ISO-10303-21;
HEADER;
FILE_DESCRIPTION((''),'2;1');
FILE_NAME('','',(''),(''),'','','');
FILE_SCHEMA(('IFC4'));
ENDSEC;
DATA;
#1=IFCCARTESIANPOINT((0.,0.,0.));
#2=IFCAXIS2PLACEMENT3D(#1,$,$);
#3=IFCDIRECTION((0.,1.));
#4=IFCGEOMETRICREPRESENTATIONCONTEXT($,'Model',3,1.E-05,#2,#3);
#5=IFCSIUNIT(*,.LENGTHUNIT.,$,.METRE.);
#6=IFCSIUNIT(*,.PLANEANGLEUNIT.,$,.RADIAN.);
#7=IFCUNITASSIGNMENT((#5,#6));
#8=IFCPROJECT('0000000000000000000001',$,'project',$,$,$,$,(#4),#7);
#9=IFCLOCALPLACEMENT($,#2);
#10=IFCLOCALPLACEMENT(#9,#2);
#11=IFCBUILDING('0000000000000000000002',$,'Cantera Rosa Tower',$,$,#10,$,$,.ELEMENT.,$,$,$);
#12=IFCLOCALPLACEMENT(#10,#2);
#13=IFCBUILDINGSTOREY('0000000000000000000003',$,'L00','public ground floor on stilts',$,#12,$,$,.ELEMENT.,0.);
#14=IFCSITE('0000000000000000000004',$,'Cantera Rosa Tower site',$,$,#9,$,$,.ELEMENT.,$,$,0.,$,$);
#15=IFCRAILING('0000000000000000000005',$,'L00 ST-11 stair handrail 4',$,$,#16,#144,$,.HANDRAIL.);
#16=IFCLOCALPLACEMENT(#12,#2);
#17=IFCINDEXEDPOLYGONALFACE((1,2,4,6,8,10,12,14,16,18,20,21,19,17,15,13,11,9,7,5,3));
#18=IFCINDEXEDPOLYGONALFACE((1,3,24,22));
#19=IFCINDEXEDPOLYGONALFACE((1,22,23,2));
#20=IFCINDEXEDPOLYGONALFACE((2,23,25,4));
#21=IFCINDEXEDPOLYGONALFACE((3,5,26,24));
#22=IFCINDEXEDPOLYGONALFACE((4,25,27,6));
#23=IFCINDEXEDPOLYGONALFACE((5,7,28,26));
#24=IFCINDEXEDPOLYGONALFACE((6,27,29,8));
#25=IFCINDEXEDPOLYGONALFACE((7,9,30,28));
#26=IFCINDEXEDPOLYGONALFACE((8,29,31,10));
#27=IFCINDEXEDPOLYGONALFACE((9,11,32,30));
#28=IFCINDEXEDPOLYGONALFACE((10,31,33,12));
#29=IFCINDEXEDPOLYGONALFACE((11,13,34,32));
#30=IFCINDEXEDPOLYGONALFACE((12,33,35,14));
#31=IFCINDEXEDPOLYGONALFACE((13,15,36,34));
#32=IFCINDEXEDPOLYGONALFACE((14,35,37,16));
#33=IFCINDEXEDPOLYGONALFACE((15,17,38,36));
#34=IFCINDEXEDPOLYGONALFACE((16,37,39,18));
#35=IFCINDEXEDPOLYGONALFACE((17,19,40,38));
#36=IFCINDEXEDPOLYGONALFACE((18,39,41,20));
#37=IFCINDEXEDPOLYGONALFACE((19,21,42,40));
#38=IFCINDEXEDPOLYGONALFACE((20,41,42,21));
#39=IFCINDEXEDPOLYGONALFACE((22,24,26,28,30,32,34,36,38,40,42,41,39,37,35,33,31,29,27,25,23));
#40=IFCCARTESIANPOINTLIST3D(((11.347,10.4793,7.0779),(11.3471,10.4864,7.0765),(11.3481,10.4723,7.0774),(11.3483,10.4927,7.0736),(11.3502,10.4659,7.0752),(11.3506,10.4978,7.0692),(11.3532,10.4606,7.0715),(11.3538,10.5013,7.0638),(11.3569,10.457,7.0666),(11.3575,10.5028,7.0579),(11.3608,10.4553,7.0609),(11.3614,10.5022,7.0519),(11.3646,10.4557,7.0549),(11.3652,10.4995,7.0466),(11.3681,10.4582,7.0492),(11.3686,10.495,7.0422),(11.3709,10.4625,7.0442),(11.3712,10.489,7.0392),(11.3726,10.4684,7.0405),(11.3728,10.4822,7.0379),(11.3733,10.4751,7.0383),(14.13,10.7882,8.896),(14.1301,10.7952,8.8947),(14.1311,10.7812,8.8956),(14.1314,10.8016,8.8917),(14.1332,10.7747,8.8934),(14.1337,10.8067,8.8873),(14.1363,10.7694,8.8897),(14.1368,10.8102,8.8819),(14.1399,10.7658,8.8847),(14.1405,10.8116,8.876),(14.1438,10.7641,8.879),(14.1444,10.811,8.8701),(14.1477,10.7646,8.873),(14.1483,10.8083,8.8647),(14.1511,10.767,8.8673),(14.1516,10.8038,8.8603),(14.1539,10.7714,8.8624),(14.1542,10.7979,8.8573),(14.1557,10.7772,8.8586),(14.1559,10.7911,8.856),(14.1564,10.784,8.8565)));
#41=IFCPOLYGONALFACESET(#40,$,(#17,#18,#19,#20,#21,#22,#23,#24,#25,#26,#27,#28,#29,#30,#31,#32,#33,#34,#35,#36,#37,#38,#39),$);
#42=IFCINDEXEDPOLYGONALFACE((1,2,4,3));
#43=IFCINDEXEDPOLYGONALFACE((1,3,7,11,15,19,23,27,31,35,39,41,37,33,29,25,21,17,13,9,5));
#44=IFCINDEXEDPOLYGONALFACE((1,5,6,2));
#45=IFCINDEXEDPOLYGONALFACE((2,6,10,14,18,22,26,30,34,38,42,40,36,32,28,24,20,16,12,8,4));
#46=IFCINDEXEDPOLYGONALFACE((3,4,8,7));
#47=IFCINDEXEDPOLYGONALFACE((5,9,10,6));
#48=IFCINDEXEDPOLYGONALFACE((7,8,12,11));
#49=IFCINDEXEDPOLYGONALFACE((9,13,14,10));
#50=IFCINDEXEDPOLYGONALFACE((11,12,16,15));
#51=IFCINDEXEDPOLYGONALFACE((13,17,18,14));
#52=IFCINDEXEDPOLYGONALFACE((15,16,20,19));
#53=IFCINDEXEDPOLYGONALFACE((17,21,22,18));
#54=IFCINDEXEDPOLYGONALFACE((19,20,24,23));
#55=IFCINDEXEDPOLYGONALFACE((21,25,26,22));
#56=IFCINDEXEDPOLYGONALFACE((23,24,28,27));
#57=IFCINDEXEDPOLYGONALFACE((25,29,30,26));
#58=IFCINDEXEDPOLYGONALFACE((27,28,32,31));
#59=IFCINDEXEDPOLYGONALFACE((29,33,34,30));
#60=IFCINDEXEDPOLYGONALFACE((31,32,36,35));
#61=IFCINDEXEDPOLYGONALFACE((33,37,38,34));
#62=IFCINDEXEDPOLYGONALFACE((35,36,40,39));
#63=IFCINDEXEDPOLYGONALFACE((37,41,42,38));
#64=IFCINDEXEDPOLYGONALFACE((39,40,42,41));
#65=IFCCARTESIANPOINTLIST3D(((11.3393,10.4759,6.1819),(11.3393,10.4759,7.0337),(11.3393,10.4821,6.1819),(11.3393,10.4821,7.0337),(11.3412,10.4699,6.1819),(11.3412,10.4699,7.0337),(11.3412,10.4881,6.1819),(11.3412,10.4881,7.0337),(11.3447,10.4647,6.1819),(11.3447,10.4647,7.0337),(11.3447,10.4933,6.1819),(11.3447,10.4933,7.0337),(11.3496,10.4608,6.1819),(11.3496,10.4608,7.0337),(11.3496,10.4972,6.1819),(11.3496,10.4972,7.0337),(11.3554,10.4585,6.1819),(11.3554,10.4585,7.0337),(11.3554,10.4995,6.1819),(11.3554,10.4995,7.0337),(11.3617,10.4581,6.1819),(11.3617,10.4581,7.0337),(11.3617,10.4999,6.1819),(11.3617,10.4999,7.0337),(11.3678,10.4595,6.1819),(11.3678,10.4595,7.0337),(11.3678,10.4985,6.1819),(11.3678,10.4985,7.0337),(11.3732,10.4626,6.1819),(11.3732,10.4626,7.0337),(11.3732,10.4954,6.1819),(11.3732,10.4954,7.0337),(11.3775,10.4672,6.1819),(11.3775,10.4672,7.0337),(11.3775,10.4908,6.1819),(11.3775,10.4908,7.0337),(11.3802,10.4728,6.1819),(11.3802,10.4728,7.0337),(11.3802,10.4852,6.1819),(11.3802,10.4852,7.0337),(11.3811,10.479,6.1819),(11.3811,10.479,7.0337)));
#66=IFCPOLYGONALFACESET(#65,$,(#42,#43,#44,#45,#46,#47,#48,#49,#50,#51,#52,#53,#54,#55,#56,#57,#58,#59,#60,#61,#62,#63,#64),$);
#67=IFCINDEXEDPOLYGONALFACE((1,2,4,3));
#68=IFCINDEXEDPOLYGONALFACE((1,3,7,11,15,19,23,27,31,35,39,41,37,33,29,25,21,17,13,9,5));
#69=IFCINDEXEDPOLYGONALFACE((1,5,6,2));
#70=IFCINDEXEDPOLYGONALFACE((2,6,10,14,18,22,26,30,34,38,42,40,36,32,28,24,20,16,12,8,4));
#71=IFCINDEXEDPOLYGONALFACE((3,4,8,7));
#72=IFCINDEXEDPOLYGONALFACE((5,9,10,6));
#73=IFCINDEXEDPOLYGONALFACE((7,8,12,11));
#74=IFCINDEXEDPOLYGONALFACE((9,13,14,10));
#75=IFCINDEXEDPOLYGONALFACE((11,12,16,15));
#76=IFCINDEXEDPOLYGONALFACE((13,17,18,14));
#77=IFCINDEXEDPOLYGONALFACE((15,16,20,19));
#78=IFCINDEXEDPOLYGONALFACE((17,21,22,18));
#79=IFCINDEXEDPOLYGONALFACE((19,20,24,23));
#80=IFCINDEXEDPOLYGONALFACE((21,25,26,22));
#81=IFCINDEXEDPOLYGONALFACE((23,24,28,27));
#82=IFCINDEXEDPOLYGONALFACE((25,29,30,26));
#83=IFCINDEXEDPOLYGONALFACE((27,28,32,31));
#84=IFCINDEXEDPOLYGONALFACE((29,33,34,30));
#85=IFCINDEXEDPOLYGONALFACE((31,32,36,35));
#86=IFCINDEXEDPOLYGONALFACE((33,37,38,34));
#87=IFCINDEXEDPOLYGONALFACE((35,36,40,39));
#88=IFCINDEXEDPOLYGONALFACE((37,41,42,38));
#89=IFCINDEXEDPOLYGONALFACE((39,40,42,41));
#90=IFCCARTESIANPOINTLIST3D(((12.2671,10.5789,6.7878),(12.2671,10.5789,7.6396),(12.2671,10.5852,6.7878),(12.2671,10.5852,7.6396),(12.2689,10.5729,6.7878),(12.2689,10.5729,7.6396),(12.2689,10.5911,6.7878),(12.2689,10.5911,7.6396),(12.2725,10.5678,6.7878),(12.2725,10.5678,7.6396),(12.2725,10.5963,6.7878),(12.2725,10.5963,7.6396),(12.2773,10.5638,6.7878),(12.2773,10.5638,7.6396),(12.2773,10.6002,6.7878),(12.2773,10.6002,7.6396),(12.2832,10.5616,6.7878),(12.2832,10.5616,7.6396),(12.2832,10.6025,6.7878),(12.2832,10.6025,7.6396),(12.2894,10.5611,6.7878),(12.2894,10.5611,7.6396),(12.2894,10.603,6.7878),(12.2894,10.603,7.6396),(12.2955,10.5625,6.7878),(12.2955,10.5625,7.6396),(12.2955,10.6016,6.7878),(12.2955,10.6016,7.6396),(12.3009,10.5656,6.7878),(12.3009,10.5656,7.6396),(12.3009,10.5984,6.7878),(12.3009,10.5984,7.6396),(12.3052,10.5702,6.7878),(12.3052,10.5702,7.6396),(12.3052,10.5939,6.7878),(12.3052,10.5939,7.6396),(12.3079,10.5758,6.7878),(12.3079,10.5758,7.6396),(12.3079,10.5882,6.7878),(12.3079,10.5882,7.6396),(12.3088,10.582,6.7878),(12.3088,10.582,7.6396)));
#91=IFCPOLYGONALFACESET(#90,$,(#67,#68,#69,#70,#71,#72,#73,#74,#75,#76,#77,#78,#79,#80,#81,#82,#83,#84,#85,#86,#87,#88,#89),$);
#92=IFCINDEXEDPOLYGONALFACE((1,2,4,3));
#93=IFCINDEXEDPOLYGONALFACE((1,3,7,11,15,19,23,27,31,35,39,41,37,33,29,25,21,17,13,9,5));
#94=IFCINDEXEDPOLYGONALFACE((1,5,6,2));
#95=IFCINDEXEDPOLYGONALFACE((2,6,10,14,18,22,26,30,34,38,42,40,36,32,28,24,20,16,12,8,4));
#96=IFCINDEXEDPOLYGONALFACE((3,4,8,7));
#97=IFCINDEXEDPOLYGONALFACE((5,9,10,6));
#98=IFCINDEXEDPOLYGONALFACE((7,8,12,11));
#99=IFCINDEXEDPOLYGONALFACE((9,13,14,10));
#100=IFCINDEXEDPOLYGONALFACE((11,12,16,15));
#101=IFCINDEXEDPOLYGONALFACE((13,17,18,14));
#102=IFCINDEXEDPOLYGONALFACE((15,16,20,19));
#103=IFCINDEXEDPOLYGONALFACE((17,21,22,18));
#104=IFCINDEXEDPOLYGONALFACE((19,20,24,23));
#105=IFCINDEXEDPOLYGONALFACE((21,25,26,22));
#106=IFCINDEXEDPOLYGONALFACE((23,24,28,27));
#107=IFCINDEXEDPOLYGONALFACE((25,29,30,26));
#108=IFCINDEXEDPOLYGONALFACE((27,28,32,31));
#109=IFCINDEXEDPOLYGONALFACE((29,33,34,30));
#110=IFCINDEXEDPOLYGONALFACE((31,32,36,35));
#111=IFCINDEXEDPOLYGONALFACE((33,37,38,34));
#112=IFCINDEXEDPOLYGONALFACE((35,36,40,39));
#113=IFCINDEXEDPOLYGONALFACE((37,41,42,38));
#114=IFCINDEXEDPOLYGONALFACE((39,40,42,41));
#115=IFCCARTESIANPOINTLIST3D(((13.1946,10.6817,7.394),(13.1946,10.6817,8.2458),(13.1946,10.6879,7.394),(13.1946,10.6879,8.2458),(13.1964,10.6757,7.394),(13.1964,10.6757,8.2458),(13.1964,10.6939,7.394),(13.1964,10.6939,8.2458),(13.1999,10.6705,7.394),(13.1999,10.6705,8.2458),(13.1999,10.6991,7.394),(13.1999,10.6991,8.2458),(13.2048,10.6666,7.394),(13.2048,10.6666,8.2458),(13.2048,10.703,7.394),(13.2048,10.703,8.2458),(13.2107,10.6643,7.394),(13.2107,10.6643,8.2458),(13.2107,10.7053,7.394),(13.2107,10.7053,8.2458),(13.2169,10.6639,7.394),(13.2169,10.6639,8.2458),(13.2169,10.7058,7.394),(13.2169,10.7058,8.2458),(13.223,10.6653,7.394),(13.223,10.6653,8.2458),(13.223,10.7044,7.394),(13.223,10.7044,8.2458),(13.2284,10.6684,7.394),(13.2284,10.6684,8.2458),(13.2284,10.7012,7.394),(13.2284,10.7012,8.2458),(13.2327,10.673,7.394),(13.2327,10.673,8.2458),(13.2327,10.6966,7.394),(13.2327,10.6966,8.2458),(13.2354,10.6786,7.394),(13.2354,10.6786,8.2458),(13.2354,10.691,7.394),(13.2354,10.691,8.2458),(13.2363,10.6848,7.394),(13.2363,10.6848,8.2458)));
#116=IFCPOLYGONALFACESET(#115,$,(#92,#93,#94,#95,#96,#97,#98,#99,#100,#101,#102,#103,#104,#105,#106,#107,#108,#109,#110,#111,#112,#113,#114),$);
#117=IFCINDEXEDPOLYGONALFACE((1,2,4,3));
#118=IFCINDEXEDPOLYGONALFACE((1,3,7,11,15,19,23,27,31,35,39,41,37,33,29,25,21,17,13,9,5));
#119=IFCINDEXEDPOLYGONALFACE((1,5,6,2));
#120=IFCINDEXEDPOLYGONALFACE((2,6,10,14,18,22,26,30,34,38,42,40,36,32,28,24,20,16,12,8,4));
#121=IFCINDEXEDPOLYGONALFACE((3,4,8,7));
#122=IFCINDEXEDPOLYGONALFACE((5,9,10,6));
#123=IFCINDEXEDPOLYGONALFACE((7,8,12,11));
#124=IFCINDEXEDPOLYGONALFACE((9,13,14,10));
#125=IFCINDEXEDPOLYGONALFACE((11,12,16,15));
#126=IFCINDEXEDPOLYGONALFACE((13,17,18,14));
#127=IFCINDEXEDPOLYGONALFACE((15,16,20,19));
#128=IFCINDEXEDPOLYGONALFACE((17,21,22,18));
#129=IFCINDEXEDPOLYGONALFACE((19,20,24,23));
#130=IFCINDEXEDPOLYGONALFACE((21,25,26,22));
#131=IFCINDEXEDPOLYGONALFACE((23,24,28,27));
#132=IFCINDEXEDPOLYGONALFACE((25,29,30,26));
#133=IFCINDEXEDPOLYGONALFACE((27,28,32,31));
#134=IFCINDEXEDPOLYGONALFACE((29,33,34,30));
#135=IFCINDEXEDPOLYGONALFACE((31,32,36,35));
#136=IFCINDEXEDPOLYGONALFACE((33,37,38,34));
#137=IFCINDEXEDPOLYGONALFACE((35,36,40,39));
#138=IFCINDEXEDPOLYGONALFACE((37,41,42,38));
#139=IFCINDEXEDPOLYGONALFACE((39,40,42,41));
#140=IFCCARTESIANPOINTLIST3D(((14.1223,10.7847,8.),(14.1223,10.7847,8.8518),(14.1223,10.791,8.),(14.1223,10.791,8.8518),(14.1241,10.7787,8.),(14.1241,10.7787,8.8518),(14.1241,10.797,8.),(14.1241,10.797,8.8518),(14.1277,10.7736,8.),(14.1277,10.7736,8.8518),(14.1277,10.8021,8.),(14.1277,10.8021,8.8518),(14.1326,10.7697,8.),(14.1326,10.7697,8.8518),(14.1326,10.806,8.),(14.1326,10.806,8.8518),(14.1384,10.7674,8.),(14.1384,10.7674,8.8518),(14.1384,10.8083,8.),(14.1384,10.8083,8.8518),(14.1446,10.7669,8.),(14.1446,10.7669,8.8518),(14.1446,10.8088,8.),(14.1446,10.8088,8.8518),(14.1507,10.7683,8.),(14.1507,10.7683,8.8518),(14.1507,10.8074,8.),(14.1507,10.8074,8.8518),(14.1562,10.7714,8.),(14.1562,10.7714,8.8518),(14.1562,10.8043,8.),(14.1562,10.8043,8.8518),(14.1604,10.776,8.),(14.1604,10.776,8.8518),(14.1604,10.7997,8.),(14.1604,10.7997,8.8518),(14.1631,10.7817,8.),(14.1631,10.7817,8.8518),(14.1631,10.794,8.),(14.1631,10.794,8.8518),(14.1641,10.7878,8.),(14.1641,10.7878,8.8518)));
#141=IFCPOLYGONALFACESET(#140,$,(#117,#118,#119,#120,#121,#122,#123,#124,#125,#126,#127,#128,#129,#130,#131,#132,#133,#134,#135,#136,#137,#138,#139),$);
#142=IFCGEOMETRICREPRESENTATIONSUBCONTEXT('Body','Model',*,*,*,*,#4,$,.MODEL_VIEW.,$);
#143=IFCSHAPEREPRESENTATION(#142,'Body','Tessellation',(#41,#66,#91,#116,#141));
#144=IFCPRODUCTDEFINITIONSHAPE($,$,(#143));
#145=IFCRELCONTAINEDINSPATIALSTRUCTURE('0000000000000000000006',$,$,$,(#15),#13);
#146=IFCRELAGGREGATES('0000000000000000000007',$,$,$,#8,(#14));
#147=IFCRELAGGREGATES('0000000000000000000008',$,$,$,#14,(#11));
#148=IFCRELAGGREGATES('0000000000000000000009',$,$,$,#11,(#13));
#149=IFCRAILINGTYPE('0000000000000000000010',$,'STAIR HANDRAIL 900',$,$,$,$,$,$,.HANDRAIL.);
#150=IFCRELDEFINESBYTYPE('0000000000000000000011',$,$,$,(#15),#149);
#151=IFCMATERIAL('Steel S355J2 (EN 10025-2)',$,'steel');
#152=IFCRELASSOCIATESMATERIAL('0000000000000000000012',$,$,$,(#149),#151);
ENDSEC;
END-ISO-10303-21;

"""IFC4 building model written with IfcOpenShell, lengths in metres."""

from ifc_helpers import new_model, si_unit, direction, frame, origin, origin_2d, place, context, subcontext, project, spatial, circle, extrude, material, type_object, element, save


model = new_model("IFC4")

# Units and contexts
model_context = context("Model", 3, precision=1e-05, world=origin(), true_north=direction((0.0, 1.0)))
body_context = subcontext(model_context, "Body", "Model", "MODEL_VIEW")
ifc_project = project(units=[si_unit("LENGTHUNIT", "METRE"), si_unit("PLANEANGLEUNIT", "RADIAN")], contexts=[model_context])

# Site, building, storey
site_placement = place(None, origin())
site = spatial("IfcSite", under=ifc_project, at=site_placement, Name="Cantera Rosa Tower site", CompositionType="ELEMENT", RefElevation=0.0)
building_placement = place(site_placement, origin())
building = spatial("IfcBuilding", under=site, at=building_placement, Name="Cantera Rosa Tower", CompositionType="ELEMENT")
storey_placement = place(building_placement, origin())
storey = spatial("IfcBuildingStorey", under=building, at=storey_placement, Name="L00", Description="public ground floor on stilts", CompositionType="ELEMENT", Elevation=0.0)

# Railing
ifc_material_1 = material(Name="Steel S355J2 (EN 10025-2)", Category="steel")
railing_type_1 = type_object("IfcRailingType", Name="STAIR HANDRAIL 900", PredefinedType="HANDRAIL", material=ifc_material_1)
for number, where, name in (
    (1, (11.3601, 10.479, 6.1819), "L00 ST-11 stair handrail 4"),
):
    element("IfcRailing", number, at=place(storey_placement, frame(where)), inside=storey, type_object=railing_type_1, Name=name, PredefinedType="HANDRAIL", context=body_context, shape_type="SweptSolid", body=[
        extrude(circle(Radius=0.0239, at=origin_2d()), frame((0.0, 0.0, 0.876), z_axis=(0.833588, 0.092507, 0.544586), x_axis=(-0.110298, 0.993899, 0.0)), (0.0, 0.0, 1.0), 3.3386),
        extrude(circle(Radius=0.021, at=origin_2d()), origin(), (0.0, 0.0, 1.0), 0.8518),
        extrude(circle(Radius=0.021, at=origin_2d()), frame((0.9277, 0.103, 0.606)), (0.0, 0.0, 1.0), 0.8518),
        extrude(circle(Radius=0.021, at=origin_2d()), frame((1.8552, 0.2058, 1.2122)), (0.0, 0.0, 1.0), 0.8518),
        extrude(circle(Radius=0.021, at=origin_2d()), frame((2.783, 0.3088, 1.8181)), (0.0, 0.0, 1.0), 0.8518),
    ])

save(model, "model.ifc")
